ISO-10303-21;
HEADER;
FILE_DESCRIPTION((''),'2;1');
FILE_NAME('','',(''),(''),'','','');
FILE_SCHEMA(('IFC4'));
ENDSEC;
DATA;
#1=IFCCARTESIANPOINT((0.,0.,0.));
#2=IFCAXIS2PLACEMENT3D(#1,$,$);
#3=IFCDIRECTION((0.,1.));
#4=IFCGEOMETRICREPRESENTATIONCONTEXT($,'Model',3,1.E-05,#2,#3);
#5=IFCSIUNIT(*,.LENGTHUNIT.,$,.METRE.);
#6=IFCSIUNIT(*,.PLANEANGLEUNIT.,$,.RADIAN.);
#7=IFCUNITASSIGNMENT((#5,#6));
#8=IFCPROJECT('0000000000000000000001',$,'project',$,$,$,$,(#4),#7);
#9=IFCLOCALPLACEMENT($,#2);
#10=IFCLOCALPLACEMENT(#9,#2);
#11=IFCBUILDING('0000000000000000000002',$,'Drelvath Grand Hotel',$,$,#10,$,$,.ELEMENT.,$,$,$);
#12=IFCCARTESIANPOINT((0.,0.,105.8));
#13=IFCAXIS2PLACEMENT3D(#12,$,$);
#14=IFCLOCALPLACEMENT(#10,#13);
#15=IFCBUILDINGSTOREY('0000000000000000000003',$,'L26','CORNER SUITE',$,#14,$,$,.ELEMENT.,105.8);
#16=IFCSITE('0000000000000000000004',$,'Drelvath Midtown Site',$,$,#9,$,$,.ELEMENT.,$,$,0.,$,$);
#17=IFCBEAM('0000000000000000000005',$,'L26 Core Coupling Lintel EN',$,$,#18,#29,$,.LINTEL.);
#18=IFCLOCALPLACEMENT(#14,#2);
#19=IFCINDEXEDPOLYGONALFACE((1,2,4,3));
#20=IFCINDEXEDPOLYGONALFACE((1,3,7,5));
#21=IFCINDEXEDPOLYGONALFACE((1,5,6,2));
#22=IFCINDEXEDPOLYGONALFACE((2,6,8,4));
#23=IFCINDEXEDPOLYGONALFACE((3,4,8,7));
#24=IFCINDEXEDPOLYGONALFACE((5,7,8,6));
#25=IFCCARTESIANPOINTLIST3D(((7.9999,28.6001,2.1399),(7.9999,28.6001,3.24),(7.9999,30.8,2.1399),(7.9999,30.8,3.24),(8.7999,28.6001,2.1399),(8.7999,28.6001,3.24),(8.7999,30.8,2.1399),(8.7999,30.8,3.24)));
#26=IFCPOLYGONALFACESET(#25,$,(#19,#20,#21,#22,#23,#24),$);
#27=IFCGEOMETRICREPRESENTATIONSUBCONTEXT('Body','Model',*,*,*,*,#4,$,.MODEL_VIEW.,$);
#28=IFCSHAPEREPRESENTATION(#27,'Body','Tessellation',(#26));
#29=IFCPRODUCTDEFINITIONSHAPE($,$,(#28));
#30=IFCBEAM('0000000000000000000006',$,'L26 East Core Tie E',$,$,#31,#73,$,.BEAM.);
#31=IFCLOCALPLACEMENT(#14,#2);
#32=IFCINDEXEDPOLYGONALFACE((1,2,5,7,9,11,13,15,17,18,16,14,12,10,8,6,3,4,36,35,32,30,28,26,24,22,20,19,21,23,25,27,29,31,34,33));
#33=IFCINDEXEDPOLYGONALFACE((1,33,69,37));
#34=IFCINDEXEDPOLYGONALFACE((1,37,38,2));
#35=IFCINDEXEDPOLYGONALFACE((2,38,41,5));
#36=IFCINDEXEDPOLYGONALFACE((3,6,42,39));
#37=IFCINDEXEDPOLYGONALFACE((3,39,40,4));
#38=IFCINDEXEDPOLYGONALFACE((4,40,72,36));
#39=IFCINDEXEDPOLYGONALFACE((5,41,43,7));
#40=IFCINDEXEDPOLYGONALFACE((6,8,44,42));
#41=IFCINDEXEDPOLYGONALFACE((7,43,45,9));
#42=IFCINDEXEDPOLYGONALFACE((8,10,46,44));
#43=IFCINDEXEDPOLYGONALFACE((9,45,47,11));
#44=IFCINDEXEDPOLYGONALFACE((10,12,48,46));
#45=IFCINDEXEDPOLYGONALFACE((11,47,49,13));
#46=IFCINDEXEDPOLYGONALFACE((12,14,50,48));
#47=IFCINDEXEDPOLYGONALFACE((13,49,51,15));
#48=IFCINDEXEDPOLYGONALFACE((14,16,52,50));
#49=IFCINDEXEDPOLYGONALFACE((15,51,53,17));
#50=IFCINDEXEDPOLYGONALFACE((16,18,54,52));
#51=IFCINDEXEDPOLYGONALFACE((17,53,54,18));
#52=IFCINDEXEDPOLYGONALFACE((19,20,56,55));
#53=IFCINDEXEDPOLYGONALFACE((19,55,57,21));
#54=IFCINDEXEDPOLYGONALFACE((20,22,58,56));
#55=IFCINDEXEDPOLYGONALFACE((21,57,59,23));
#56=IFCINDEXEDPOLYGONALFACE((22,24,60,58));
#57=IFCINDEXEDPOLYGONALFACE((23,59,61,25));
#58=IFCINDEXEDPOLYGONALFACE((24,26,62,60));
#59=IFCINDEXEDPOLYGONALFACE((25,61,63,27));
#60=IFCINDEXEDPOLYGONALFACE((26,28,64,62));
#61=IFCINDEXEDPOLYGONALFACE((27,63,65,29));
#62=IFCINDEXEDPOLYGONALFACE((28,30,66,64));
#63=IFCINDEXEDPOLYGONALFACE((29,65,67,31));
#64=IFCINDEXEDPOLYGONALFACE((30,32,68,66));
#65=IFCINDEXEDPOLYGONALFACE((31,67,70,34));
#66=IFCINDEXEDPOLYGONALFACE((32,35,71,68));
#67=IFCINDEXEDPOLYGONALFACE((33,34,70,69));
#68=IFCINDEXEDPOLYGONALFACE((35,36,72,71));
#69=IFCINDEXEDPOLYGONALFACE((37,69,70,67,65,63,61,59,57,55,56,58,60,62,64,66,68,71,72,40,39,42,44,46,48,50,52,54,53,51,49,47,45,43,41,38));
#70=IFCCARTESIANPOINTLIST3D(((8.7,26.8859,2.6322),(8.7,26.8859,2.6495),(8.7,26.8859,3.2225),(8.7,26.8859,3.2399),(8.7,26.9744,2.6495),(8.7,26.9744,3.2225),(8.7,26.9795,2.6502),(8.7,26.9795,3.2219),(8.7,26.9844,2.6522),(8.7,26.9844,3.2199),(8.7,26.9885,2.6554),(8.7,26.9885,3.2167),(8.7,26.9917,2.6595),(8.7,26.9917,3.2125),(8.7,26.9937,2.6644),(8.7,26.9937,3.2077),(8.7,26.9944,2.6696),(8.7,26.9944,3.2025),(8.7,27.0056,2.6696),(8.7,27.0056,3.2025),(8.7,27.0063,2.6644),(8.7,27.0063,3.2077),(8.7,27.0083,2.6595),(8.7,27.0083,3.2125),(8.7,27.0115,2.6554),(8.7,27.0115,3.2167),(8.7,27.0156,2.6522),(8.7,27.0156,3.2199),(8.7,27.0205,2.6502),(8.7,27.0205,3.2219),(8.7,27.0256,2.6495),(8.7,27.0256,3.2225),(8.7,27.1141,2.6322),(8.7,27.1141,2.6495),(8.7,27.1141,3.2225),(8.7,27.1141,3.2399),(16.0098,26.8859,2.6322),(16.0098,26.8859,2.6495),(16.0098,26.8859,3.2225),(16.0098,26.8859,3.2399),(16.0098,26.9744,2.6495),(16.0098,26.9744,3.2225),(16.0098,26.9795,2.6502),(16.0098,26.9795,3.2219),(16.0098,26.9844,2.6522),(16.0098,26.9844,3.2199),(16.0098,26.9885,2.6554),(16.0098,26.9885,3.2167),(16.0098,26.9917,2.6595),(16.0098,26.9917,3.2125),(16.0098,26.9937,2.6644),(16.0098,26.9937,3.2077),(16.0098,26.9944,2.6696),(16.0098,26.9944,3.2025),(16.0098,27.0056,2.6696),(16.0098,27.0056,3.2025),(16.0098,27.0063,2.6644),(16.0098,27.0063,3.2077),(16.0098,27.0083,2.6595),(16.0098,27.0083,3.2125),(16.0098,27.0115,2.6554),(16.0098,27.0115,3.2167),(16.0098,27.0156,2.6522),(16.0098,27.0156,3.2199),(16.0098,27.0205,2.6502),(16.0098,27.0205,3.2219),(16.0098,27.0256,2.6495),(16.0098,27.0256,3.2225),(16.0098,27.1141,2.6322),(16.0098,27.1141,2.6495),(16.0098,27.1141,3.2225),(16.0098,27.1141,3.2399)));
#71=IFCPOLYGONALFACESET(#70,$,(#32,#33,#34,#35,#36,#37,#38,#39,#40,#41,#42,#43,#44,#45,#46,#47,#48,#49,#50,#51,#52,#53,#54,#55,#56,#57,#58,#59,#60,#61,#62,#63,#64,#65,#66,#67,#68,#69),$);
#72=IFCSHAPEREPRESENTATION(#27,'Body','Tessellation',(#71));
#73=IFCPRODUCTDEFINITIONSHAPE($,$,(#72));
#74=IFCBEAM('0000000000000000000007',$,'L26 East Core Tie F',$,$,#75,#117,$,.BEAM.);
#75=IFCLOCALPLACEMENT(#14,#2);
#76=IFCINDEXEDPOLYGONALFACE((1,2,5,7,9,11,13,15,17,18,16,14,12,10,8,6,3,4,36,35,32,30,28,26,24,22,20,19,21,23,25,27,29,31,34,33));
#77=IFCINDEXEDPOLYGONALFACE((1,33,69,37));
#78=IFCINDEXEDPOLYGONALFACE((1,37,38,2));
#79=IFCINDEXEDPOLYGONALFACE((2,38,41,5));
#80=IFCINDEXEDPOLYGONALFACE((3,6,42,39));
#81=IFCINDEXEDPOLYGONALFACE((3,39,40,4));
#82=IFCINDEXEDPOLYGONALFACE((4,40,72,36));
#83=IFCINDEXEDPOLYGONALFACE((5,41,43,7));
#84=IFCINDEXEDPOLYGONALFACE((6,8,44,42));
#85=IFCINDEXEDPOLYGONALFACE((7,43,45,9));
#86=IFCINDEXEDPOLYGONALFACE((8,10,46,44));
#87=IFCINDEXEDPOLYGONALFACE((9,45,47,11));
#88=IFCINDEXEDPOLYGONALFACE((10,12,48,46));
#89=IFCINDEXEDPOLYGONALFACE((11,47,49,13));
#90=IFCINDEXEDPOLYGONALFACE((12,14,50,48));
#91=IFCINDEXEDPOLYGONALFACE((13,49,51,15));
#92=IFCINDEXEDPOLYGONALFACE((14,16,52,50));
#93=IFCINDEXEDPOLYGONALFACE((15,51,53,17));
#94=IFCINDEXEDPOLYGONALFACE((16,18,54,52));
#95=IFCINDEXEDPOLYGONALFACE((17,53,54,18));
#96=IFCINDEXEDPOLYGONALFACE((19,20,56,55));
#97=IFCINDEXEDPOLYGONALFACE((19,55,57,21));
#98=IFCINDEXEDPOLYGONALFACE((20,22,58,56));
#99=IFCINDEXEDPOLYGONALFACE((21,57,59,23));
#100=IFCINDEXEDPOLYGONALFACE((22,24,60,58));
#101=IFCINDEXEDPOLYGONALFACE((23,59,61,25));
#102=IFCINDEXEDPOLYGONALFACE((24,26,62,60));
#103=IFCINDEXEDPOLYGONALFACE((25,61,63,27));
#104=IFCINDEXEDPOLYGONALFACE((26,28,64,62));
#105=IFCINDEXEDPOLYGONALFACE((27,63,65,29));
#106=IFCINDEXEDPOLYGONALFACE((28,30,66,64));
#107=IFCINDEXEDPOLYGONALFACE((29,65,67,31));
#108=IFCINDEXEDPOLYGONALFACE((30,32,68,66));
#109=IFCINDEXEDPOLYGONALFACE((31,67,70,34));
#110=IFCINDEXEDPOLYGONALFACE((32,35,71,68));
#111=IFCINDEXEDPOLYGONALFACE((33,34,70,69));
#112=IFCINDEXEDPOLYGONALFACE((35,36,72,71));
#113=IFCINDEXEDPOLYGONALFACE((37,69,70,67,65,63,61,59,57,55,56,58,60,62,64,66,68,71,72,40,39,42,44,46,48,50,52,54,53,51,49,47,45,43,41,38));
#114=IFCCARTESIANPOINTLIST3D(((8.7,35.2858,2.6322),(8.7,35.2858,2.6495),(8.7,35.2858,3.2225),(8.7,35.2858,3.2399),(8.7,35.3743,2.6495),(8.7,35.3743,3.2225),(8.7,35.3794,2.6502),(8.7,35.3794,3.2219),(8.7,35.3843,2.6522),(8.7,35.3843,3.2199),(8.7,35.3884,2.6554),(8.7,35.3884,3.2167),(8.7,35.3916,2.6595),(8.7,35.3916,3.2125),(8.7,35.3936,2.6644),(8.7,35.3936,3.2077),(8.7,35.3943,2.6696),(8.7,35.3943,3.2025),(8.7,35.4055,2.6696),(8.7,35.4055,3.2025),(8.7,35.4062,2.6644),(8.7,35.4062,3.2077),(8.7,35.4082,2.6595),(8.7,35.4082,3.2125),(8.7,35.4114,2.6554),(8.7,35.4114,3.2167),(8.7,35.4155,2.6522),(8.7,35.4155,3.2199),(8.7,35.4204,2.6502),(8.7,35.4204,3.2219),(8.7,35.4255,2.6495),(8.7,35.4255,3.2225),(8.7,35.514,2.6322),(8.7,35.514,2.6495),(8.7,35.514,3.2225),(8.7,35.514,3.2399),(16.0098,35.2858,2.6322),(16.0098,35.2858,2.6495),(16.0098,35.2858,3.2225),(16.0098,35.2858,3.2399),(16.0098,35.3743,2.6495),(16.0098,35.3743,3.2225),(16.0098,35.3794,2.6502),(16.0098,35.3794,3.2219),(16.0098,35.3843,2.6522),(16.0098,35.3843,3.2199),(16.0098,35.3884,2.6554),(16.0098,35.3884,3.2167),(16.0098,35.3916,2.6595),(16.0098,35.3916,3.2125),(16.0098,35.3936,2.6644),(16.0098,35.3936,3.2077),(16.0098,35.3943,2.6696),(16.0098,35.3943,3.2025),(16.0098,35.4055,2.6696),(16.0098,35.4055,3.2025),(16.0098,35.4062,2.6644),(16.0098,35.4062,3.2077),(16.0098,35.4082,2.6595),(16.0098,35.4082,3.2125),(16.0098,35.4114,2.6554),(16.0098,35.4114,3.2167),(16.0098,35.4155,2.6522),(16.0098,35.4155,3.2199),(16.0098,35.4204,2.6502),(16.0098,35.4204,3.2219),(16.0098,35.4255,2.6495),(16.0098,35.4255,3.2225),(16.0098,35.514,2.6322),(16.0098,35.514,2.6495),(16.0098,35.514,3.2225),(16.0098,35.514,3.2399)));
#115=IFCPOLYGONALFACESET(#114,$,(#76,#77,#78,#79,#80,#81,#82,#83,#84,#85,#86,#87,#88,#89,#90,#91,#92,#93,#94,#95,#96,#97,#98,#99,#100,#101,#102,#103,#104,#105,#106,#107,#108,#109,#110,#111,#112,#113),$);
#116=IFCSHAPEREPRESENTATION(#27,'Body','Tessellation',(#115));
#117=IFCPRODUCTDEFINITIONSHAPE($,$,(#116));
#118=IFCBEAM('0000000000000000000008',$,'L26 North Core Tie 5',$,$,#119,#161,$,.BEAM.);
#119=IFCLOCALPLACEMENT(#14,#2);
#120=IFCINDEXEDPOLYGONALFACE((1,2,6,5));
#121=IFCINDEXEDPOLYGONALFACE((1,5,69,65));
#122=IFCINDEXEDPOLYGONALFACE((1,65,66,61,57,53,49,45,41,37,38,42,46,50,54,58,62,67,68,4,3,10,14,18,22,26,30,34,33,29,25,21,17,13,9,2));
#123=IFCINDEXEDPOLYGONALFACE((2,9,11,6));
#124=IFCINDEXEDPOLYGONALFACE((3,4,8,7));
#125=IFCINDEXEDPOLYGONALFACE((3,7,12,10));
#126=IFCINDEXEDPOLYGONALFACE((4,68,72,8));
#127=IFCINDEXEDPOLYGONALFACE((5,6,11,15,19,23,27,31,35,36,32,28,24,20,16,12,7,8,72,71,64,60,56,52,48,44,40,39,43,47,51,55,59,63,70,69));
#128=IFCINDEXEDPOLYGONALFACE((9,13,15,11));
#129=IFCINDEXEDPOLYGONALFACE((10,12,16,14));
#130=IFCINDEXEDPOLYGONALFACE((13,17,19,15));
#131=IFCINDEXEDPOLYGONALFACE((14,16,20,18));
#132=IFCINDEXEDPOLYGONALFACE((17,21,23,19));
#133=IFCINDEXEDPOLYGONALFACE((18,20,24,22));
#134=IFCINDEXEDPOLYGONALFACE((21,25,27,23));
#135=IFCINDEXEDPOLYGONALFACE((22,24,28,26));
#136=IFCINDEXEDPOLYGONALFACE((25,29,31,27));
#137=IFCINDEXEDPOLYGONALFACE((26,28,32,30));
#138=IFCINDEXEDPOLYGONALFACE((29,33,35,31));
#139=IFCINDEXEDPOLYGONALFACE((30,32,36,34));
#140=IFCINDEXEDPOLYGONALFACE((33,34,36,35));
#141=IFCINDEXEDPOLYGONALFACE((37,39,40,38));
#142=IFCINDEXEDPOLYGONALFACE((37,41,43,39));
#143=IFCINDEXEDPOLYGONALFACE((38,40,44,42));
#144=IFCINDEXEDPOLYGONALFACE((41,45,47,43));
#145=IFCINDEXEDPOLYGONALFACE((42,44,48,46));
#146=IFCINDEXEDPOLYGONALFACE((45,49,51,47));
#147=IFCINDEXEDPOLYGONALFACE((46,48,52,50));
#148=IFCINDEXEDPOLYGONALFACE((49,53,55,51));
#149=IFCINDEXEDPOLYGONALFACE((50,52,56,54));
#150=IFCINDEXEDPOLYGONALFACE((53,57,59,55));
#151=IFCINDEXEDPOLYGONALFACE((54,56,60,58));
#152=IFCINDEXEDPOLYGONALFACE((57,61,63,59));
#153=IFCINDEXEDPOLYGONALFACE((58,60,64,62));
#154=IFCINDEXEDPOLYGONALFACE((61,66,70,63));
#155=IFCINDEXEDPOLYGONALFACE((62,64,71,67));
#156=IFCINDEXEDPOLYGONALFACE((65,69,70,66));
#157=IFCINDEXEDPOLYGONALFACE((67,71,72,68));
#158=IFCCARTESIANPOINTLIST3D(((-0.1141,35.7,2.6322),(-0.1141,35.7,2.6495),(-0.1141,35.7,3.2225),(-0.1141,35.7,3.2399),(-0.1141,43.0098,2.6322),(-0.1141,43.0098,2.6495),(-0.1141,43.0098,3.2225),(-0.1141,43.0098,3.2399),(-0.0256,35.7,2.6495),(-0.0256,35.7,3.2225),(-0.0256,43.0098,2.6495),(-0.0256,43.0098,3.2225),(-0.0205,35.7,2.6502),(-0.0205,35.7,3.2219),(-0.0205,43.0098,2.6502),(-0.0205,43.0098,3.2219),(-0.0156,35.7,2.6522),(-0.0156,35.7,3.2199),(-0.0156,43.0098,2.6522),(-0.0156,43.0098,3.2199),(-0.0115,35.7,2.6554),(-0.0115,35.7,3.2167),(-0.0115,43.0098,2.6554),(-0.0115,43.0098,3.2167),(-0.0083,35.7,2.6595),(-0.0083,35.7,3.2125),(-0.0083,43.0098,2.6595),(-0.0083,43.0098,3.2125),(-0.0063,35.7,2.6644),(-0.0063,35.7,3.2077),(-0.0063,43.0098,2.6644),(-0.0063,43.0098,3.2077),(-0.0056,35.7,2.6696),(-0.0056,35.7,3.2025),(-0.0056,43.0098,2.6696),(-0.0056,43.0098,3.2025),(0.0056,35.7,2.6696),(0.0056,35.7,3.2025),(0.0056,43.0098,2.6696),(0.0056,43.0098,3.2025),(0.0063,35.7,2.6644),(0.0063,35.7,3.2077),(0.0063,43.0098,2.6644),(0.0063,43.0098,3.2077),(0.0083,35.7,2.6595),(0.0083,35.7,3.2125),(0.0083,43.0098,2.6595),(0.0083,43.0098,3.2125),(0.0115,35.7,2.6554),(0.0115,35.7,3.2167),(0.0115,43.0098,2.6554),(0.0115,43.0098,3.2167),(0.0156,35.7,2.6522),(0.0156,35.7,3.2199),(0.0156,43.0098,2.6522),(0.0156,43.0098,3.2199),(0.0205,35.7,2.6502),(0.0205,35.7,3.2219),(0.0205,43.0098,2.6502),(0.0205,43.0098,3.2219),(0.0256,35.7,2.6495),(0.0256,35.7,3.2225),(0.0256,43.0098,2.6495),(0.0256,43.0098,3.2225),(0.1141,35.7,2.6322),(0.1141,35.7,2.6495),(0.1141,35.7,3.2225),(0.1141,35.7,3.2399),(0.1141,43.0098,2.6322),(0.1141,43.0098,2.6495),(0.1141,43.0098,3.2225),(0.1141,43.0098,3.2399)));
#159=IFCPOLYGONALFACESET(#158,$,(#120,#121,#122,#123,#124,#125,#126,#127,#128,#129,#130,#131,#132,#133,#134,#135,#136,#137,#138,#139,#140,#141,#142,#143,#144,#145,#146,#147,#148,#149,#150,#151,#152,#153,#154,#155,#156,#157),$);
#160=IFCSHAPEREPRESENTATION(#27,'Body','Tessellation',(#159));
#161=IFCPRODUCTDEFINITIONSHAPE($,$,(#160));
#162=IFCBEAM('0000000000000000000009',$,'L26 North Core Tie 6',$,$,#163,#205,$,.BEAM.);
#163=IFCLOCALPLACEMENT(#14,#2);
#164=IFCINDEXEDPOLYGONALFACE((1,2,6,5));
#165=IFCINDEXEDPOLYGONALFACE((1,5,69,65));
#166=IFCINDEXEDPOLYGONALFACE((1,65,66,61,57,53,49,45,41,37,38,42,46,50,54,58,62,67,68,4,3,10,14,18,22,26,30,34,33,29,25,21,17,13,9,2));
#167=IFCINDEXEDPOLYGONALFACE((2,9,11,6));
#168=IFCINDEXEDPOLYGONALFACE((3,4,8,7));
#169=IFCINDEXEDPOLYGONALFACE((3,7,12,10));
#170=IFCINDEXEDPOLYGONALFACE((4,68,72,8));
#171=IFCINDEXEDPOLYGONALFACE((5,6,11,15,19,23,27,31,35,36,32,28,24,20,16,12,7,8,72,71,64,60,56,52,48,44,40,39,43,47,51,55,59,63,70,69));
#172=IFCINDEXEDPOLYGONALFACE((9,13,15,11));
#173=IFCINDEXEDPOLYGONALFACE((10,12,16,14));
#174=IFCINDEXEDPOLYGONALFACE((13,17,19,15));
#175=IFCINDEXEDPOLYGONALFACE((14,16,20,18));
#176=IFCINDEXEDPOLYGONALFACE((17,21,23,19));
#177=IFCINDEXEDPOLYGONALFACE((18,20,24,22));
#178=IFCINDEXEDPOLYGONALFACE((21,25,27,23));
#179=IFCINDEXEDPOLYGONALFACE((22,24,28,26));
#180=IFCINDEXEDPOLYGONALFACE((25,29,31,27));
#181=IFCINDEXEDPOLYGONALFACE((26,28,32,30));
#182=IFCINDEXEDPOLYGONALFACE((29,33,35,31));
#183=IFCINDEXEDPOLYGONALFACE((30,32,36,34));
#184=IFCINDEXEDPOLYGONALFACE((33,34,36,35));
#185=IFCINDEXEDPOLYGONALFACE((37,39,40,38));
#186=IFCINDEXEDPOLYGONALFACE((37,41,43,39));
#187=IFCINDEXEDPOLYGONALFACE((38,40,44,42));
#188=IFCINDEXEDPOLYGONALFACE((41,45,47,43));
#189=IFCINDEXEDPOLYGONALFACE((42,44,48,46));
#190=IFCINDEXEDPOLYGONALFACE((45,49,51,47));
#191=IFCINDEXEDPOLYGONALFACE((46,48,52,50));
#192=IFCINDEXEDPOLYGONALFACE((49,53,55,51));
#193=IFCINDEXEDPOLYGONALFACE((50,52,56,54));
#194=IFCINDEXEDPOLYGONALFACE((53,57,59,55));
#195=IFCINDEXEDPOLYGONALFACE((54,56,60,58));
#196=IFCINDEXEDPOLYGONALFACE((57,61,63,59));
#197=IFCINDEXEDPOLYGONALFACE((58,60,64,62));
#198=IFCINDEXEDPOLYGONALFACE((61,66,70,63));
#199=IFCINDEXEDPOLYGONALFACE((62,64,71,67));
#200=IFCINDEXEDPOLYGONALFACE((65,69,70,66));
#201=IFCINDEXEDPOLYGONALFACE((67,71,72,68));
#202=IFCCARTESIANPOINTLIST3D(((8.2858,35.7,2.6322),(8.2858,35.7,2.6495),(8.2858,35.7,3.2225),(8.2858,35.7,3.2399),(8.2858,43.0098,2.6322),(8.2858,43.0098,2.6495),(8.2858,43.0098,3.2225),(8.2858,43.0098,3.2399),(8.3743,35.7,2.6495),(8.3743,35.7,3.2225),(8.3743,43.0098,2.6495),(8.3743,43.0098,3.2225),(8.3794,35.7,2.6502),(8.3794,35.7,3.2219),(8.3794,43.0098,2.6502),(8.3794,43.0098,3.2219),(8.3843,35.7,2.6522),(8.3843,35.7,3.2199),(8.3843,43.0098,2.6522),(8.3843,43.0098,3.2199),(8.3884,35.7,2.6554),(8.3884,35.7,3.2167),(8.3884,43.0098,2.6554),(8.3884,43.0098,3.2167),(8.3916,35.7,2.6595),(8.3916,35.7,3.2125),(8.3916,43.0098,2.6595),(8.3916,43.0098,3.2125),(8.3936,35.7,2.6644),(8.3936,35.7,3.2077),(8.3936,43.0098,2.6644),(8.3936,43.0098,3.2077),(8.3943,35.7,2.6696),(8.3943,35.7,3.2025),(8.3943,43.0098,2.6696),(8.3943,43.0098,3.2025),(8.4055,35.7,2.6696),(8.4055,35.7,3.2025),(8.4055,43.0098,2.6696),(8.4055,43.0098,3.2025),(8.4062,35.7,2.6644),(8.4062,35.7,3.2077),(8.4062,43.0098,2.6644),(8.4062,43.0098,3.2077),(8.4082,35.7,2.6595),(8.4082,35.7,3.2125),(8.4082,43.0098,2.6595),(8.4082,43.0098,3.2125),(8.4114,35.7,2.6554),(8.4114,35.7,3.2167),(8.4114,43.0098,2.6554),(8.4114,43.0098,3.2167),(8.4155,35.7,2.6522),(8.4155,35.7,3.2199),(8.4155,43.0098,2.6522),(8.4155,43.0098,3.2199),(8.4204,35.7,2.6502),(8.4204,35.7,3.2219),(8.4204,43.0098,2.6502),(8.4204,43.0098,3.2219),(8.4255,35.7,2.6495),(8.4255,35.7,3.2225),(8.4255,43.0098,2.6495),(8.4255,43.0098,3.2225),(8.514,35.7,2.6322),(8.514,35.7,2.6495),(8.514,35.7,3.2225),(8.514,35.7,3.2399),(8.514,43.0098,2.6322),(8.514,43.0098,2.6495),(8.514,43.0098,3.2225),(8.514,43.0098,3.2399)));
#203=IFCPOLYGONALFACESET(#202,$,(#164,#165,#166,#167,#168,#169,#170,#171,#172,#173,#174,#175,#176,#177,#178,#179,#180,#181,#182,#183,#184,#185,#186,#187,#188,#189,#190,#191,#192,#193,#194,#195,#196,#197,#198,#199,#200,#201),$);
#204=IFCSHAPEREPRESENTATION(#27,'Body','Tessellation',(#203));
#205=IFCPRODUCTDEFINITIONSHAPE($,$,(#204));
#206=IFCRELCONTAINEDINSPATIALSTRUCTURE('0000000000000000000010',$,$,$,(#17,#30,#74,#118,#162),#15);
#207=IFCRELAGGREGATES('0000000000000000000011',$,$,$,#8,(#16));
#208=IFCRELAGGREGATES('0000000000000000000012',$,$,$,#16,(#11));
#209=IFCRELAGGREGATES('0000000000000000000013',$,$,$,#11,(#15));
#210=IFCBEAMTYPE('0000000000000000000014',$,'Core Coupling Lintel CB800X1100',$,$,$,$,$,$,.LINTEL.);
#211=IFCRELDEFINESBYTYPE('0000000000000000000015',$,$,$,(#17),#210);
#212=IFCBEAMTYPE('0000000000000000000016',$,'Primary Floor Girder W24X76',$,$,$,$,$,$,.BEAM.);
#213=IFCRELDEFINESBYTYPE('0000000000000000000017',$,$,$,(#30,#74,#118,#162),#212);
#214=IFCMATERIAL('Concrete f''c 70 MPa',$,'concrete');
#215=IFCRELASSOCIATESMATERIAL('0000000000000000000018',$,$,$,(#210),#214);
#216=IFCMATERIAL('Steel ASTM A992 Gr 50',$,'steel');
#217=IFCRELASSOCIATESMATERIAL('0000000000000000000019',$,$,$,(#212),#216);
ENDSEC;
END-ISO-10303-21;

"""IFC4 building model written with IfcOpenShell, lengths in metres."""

from ifc_helpers import new_model, si_unit, direction, frame, origin, origin_2d, place, context, subcontext, project, spatial, rectangle, i_section, extrude, material, material_profile, profile_set, type_object, element, save


model = new_model("IFC4")

# Units and contexts
model_context = context("Model", 3, precision=1e-05, world=origin(), true_north=direction((0.0, 1.0)))
body_context = subcontext(model_context, "Body", "Model", "MODEL_VIEW")
ifc_project = project(units=[si_unit("LENGTHUNIT", "METRE"), si_unit("PLANEANGLEUNIT", "RADIAN")], contexts=[model_context])

# Site, building, storey
site_placement = place(None, origin())
site = spatial("IfcSite", under=ifc_project, at=site_placement, Name="Drelvath Midtown Site", CompositionType="ELEMENT", RefElevation=0.0)
building_placement = place(site_placement, origin())
building = spatial("IfcBuilding", under=site, at=building_placement, Name="Drelvath Grand Hotel", CompositionType="ELEMENT")
storey_placement = place(building_placement, frame((0.0, 0.0, 105.8)))
storey = spatial("IfcBuildingStorey", under=building, at=storey_placement, Name="L26", Description="CORNER SUITE", CompositionType="ELEMENT", Elevation=105.8)

# Beams
ifc_material_1 = material(Name="Concrete f'c 70 MPa", Category="concrete")
ifc_material_profile_1 = material_profile(ifc_material_1, rectangle(XDim=0.8, YDim=1.1001, at=origin_2d()), Name="CB800X1100")
ifc_profile_set_1 = profile_set([ifc_material_profile_1], Name="Concrete f'c 70 MPa")
beam_type_1 = type_object("IfcBeamType", Name="Core Coupling Lintel CB800X1100", PredefinedType="LINTEL", material=ifc_profile_set_1)
beam_placement = place(storey_placement, frame((8.3999, 28.6001, 2.6899), z_axis=(0.0, 1.0, 0.0), x_axis=(-1.0, 0.0, 0.0)))
element("IfcBeam", 1, at=beam_placement, inside=storey, type_object=beam_type_1, Name="L26 Core Coupling Lintel EN", PredefinedType="LINTEL", context=body_context, shape_type="SweptSolid", body=[
    extrude(rectangle(XDim=0.8, YDim=1.1001, at=origin_2d()), origin(), (0.0, 0.0, 1.0), 2.2),
])
ifc_material_2 = material(Name="Steel ASTM A992 Gr 50", Category="steel")
ifc_material_profile_2 = material_profile(ifc_material_2, i_section(OverallWidth=0.2283, OverallDepth=0.6077, WebThickness=0.0112, FlangeThickness=0.0173, FilletRadius=0.02, at=origin_2d()), Name="W24X76")
ifc_profile_set_2 = profile_set([ifc_material_profile_2], Name="Steel ASTM A992 Gr 50")
beam_type_2 = type_object("IfcBeamType", Name="Primary Floor Girder W24X76", PredefinedType="BEAM", material=ifc_profile_set_2)
for number, where, z_axis, x_axis, name in (
    (2, (8.7, 27.0, 2.936), (1.0, 0.0, 0.0), (0.0, 1.0, 0.0), "L26 East Core Tie E"),
    (3, (8.7, 35.3999, 2.936), (1.0, 0.0, 0.0), (0.0, 1.0, 0.0), "L26 East Core Tie F"),
    (4, (0.0, 35.7, 2.936), (0.0, 1.0, 0.0), (-1.0, 0.0, 0.0), "L26 North Core Tie 5"),
    (5, (8.3999, 35.7, 2.936), (0.0, 1.0, 0.0), (-1.0, 0.0, 0.0), "L26 North Core Tie 6"),
):
    element("IfcBeam", number, at=place(storey_placement, frame(where, z_axis=z_axis, x_axis=x_axis)), inside=storey, type_object=beam_type_2, Name=name, PredefinedType="BEAM", context=body_context, shape_type="SweptSolid", body=[
        extrude(i_section(OverallWidth=0.2283, OverallDepth=0.6077, WebThickness=0.0112, FlangeThickness=0.0173, FilletRadius=0.02, at=origin_2d()), origin(), (0.0, 0.0, 1.0), 7.3098),
    ])

save(model, "model.ifc")
